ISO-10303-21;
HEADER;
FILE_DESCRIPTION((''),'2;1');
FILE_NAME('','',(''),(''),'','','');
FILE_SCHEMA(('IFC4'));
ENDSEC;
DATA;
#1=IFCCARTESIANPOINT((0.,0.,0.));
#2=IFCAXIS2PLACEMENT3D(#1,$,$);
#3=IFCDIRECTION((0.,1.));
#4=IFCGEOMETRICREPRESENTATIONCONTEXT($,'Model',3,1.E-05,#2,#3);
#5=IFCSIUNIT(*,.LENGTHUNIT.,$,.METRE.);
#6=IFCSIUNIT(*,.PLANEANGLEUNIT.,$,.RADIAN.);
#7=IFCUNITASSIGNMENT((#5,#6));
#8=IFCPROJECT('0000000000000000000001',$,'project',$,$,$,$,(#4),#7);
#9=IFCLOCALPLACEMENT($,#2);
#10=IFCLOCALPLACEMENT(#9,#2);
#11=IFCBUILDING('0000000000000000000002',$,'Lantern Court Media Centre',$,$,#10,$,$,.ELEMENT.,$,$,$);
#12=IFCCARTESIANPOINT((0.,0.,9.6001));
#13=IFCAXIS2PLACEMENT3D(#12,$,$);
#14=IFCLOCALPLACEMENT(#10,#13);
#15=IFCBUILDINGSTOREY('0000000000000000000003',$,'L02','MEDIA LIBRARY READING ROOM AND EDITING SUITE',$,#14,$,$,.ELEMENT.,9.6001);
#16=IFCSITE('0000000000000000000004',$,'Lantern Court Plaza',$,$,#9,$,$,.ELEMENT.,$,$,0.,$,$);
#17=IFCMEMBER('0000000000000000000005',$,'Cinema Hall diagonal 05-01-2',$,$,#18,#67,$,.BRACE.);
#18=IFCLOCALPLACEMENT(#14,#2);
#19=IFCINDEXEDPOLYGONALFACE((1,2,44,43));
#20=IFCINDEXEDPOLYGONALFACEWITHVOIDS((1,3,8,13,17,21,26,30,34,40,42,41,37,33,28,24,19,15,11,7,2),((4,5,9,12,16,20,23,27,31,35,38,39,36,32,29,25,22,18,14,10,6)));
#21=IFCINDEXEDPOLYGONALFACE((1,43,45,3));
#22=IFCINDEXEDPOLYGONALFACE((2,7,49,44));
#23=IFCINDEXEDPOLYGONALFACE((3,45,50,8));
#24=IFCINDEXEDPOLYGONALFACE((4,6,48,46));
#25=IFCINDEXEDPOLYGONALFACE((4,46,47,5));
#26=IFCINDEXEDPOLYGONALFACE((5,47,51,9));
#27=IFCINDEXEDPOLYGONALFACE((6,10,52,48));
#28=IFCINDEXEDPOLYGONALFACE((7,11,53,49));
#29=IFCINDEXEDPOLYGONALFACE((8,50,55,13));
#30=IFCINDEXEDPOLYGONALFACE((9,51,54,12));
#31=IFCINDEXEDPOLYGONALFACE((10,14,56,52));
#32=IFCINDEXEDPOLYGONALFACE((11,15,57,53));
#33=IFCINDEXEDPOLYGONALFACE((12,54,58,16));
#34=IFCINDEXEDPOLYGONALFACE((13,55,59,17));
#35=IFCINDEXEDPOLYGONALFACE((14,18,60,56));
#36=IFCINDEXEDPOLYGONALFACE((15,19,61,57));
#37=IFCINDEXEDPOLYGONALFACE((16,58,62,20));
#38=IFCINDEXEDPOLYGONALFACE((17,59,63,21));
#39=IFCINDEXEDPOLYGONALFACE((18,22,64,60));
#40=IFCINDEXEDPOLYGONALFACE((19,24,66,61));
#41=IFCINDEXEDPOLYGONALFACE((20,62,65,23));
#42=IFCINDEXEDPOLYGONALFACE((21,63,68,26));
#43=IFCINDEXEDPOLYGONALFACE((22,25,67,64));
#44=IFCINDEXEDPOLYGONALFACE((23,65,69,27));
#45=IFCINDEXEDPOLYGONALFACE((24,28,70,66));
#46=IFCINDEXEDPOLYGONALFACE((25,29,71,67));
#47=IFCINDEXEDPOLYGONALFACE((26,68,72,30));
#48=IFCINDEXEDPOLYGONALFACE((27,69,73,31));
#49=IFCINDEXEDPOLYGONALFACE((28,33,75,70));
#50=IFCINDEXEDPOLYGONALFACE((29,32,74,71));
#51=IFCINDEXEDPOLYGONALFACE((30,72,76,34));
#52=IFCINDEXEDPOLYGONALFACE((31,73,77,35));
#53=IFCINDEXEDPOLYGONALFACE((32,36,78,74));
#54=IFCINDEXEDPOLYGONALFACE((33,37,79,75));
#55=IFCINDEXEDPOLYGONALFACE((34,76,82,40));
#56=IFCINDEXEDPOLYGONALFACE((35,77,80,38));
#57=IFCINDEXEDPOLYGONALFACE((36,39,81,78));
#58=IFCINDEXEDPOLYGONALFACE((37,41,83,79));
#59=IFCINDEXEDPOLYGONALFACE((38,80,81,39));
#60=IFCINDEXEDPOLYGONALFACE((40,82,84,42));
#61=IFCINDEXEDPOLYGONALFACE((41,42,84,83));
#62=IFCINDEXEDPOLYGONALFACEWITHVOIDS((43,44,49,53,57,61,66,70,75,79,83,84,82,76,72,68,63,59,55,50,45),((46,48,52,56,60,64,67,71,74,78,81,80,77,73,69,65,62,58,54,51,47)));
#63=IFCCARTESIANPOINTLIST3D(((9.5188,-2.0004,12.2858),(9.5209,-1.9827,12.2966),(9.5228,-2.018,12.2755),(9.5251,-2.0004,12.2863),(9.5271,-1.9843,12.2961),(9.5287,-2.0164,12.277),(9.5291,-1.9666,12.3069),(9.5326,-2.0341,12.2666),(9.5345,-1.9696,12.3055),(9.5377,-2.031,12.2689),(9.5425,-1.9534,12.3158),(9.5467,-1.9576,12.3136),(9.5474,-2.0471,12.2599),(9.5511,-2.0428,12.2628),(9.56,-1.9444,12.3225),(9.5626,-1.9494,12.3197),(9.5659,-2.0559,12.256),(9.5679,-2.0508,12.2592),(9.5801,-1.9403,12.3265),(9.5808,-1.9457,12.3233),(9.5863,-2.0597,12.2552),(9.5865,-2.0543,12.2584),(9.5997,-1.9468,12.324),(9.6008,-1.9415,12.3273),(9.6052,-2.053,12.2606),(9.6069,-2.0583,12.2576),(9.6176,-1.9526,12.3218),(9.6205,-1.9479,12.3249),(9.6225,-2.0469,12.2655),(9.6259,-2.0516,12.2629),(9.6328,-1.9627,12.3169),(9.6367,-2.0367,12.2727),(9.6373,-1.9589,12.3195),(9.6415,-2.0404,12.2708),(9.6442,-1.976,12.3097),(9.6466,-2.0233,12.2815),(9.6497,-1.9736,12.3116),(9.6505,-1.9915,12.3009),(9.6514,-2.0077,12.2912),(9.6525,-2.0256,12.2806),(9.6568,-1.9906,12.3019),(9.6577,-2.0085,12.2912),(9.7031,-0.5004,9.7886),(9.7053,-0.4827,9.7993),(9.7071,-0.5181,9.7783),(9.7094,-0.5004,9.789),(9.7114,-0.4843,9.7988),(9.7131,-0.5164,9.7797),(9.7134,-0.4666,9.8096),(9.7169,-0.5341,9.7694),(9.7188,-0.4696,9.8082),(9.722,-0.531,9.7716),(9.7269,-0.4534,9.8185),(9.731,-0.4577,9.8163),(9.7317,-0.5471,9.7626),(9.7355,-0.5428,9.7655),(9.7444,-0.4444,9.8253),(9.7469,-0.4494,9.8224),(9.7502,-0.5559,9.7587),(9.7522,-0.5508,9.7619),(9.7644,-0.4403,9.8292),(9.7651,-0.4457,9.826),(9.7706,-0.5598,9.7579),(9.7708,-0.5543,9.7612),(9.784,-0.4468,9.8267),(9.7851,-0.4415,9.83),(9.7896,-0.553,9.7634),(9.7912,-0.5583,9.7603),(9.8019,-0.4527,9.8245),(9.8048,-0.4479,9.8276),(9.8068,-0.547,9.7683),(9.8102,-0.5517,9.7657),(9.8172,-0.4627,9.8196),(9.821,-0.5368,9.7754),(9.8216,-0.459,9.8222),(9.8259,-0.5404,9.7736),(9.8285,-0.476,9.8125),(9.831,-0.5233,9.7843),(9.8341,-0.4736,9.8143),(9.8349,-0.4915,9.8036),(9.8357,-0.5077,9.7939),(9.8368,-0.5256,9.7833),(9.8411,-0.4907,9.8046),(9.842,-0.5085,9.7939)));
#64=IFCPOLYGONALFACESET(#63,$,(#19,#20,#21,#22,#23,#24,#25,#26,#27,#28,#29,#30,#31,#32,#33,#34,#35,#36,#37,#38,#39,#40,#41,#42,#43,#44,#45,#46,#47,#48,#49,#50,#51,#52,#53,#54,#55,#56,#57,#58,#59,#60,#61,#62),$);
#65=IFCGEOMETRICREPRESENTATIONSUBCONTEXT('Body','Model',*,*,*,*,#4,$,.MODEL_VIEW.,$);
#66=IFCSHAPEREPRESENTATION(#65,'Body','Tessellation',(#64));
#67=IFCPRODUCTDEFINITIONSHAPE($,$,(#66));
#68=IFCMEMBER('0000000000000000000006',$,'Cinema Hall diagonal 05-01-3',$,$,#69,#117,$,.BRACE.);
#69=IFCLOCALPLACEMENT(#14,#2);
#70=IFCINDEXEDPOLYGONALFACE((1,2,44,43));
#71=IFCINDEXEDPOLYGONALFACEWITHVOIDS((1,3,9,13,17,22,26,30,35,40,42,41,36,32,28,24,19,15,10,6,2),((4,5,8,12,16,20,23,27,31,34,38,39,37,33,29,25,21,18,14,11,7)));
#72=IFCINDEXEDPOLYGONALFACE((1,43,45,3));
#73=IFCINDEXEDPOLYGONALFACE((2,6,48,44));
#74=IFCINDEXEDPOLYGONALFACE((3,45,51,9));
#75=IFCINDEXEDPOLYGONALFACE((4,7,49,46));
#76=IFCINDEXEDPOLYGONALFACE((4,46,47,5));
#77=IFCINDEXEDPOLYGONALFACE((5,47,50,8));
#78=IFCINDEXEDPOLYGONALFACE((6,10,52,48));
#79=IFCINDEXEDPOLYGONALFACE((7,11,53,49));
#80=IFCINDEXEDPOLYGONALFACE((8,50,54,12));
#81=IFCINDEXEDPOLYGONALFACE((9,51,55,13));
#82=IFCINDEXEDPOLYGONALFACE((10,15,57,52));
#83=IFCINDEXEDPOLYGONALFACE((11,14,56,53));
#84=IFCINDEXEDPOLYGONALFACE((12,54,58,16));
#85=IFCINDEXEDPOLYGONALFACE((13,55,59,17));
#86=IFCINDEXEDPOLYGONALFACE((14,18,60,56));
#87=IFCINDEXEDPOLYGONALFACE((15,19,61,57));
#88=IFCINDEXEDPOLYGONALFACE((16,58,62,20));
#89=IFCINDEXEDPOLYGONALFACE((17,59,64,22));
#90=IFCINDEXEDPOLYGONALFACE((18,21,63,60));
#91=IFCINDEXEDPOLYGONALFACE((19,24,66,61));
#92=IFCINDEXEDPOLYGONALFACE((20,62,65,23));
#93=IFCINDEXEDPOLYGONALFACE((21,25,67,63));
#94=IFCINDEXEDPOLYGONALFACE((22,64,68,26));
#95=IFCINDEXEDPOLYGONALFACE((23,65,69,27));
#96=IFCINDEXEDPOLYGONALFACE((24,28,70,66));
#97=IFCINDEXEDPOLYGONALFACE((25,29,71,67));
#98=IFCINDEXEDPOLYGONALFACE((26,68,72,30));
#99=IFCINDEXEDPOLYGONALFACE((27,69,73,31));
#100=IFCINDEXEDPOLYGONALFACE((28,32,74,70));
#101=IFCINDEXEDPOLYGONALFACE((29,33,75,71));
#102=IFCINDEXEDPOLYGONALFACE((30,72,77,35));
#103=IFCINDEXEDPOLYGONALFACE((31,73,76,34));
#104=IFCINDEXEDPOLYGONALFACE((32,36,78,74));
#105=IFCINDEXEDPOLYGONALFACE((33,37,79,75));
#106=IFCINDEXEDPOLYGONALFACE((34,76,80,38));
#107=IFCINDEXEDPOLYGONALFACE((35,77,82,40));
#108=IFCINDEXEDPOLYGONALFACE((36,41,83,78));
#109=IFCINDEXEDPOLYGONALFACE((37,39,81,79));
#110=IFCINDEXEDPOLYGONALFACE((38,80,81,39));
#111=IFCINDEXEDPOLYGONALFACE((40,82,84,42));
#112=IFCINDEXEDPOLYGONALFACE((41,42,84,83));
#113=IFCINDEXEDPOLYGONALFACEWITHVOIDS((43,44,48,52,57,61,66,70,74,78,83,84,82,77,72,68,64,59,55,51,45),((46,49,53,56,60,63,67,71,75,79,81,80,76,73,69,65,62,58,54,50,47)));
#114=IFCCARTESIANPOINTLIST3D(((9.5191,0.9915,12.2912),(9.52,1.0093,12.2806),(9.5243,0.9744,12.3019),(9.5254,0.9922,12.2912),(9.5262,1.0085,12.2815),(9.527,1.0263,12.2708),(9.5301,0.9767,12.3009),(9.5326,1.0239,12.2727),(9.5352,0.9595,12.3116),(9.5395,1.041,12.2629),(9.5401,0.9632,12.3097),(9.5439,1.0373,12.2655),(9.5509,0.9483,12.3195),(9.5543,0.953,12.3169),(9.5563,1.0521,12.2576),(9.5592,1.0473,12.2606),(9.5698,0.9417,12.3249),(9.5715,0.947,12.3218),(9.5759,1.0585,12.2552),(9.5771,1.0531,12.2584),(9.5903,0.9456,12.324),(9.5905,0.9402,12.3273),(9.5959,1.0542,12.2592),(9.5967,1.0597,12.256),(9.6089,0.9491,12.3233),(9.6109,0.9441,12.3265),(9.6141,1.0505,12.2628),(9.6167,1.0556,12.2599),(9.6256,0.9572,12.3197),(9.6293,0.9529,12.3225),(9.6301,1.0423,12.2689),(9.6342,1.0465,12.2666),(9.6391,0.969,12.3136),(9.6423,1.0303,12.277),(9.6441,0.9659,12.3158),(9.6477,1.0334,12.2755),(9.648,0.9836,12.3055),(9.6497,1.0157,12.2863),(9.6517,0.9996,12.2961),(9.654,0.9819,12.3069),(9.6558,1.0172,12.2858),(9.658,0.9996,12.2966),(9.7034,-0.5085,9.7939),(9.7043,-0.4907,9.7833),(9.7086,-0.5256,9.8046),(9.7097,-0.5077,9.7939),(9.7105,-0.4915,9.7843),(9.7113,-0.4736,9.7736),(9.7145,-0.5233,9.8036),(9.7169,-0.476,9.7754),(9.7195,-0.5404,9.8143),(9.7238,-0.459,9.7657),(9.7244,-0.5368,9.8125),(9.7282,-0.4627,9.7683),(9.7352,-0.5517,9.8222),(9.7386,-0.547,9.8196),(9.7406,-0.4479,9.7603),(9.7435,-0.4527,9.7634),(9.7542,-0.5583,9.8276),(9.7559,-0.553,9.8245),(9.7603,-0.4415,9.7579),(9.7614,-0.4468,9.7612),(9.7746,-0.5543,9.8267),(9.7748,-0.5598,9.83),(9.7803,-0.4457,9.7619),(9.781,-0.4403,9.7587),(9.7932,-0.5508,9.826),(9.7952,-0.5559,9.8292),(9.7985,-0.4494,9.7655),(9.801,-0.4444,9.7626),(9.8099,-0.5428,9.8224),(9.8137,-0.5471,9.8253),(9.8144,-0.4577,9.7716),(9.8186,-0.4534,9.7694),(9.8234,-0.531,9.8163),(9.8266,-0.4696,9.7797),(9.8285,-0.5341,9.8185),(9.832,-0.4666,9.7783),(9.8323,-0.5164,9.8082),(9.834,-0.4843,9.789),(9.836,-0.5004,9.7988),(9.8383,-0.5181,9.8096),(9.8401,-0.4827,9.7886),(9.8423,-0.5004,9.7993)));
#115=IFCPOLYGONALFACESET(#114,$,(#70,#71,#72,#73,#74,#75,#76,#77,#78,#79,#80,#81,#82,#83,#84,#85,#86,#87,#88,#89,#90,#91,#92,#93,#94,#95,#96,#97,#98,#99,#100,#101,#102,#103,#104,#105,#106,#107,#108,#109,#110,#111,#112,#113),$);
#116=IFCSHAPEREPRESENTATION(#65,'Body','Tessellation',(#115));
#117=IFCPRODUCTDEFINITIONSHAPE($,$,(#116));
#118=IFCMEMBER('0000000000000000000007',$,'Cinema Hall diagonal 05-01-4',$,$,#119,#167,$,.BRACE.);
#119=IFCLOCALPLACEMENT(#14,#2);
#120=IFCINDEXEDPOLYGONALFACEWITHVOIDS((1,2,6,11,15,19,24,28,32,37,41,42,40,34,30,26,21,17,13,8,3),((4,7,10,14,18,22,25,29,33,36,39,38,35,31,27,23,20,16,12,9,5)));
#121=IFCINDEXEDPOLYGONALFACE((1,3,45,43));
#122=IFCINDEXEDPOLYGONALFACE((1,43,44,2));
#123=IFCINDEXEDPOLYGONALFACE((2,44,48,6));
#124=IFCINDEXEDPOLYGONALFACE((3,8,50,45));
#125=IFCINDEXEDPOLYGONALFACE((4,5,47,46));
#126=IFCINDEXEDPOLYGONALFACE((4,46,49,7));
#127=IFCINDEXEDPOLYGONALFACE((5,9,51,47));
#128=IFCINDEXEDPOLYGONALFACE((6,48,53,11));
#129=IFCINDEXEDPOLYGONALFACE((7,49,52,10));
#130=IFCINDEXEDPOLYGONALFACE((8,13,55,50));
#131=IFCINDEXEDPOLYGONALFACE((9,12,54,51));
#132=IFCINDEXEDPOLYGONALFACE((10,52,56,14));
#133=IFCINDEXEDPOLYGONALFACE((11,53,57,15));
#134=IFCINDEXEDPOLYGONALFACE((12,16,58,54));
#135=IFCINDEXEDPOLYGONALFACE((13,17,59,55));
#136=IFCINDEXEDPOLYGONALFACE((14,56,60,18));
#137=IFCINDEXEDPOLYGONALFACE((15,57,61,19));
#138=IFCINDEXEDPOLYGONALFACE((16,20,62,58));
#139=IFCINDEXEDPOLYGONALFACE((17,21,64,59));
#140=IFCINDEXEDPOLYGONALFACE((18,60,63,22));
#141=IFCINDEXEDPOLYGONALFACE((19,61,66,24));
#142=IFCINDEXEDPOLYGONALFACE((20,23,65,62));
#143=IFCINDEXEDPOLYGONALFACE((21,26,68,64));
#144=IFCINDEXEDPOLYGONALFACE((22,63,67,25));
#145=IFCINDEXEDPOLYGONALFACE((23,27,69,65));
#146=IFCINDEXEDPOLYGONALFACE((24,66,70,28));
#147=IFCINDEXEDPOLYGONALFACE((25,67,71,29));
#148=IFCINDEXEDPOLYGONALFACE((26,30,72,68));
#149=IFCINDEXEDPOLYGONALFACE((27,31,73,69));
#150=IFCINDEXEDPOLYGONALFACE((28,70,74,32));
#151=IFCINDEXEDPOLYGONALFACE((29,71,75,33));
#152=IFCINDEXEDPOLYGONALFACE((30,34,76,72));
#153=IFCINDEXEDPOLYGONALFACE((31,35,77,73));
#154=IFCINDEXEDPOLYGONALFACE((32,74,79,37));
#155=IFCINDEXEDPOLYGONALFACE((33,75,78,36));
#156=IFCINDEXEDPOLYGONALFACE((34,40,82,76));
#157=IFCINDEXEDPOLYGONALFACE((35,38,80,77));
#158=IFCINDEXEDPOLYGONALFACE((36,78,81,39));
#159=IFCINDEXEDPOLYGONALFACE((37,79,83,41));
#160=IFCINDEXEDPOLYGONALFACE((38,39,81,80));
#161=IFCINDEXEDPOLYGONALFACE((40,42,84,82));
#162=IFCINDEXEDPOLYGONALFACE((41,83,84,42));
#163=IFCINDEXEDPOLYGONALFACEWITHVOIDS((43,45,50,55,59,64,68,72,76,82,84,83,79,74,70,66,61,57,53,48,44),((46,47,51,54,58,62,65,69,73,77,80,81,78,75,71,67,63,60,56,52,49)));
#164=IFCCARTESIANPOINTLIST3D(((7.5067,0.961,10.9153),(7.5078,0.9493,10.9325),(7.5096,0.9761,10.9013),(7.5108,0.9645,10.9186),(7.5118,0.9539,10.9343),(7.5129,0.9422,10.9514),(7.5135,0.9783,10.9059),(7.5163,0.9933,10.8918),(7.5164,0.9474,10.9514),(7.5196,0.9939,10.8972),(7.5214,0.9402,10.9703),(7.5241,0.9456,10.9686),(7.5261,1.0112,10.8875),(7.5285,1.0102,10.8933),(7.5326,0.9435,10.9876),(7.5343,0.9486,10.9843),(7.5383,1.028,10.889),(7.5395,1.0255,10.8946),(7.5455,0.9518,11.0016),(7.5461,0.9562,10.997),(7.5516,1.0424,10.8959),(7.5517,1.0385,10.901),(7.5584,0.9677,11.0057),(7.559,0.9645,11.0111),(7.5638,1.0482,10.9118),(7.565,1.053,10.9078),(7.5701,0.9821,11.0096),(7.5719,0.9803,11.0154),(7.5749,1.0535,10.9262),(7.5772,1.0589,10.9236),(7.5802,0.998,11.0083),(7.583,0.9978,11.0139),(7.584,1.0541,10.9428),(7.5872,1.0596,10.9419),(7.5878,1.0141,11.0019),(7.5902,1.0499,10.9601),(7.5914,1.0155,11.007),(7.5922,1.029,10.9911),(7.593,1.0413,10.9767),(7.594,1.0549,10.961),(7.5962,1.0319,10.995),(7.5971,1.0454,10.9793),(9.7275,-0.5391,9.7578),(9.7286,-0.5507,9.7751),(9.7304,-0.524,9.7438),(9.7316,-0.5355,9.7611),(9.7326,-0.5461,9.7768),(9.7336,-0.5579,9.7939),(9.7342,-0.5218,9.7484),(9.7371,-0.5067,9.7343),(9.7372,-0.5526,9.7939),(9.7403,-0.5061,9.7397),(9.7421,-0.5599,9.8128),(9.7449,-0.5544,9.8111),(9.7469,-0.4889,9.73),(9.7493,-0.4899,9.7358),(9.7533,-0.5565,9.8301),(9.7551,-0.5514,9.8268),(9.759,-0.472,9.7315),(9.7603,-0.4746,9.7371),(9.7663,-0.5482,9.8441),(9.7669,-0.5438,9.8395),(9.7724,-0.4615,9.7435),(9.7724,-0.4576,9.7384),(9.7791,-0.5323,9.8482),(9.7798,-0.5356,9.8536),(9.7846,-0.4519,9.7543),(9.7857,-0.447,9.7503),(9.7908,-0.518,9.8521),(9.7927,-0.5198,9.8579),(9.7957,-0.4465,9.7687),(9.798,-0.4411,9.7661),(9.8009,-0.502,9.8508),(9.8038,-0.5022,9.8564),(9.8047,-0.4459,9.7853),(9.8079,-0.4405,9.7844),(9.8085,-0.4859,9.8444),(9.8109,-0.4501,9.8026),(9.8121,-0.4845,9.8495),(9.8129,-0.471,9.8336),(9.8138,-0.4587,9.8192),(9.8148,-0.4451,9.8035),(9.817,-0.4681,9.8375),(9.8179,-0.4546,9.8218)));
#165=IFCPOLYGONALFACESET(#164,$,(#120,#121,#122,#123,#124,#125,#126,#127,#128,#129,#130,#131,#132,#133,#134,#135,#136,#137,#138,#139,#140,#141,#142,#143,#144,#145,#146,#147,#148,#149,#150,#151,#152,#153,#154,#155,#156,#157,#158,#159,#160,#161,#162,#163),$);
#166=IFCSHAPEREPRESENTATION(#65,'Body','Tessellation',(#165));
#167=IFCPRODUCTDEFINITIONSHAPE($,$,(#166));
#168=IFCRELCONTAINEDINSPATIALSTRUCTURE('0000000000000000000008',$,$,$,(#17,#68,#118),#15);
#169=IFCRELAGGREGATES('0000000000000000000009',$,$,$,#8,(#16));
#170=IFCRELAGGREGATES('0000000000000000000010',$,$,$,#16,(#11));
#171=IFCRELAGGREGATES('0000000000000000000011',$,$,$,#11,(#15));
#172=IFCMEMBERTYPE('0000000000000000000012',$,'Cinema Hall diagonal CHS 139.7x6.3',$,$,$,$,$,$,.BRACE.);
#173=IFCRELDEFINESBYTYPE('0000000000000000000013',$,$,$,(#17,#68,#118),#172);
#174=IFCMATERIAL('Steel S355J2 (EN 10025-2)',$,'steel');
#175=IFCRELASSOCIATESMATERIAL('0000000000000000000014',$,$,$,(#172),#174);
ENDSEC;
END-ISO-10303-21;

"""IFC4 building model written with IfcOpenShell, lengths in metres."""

from ifc_helpers import new_model, si_unit, direction, frame, origin, origin_2d, place, context, subcontext, project, spatial, hollow_circle, extrude, material, material_profile, profile_set, type_object, element, save


model = new_model("IFC4")

# Units and contexts
model_context = context("Model", 3, precision=1e-05, world=origin(), true_north=direction((0.0, 1.0)))
body_context = subcontext(model_context, "Body", "Model", "MODEL_VIEW")
ifc_project = project(units=[si_unit("LENGTHUNIT", "METRE"), si_unit("PLANEANGLEUNIT", "RADIAN")], contexts=[model_context])

# Site, building, storey
site_placement = place(None, origin())
site = spatial("IfcSite", under=ifc_project, at=site_placement, Name="Lantern Court Plaza", CompositionType="ELEMENT", RefElevation=0.0)
building_placement = place(site_placement, origin())
building = spatial("IfcBuilding", under=site, at=building_placement, Name="Lantern Court Media Centre", CompositionType="ELEMENT")
storey_placement = place(building_placement, frame((0.0, 0.0, 9.6001)))
storey = spatial("IfcBuildingStorey", under=building, at=storey_placement, Name="L02", Description="MEDIA LIBRARY READING ROOM AND EDITING SUITE", CompositionType="ELEMENT", Elevation=9.6001)

# Members
ifc_material = material(Name="Steel S355J2 (EN 10025-2)", Category="steel")
ifc_material_profile_1 = material_profile(ifc_material, hollow_circle(Radius=0.0698, WallThickness=0.0063, at=origin_2d()), Name="Cinema Hall diagonal CHS 139.7x6.3")
ifc_profile_set_1 = profile_set([ifc_material_profile_1], Name="Steel S355J2 (EN 10025-2)")
member_type_1 = type_object("IfcMemberType", Name="Cinema Hall diagonal CHS 139.7x6.3", PredefinedType="BRACE", material=ifc_profile_set_1)
for number, where, z_axis, x_axis, name in (
    (1, (9.7727, -0.5, 9.7939), (-0.063147, -0.513875, 0.855538), (0.992534, -0.121967, 0.0), "Cinema Hall diagonal 05-01-2"),
    (2, (9.7727, -0.5, 9.7939), (-0.063147, 0.513875, 0.855538), (-0.992534, -0.121967, 0.0), "Cinema Hall diagonal 05-01-3"),
):
    element("IfcMember", number, at=place(storey_placement, frame(where, z_axis=z_axis, x_axis=x_axis)), inside=storey, type_object=member_type_1, Name=name, PredefinedType="BRACE", context=body_context, shape_type="SweptSolid", body=[
        extrude(hollow_circle(Radius=0.0698, WallThickness=0.0063, at=origin_2d()), origin(), (0.0, 0.0, 1.0), 2.9189),
    ])
for number, where, z_axis, x_axis, name in (
    (3, (9.7727, -0.5, 9.7939), (-0.760744, 0.513854, 0.396514), (-0.559736, -0.828671, 0.0), "Cinema Hall diagonal 05-01-4"),
):
    element("IfcMember", number, at=place(storey_placement, frame(where, z_axis=z_axis, x_axis=x_axis)), inside=storey, type_object=member_type_1, Name=name, PredefinedType="BRACE", context=body_context, shape_type="SweptSolid", body=[
        extrude(hollow_circle(Radius=0.0698, WallThickness=0.0063, at=origin_2d()), origin(), (0.0, 0.0, 1.0), 2.9192),
    ])

save(model, "model.ifc")
